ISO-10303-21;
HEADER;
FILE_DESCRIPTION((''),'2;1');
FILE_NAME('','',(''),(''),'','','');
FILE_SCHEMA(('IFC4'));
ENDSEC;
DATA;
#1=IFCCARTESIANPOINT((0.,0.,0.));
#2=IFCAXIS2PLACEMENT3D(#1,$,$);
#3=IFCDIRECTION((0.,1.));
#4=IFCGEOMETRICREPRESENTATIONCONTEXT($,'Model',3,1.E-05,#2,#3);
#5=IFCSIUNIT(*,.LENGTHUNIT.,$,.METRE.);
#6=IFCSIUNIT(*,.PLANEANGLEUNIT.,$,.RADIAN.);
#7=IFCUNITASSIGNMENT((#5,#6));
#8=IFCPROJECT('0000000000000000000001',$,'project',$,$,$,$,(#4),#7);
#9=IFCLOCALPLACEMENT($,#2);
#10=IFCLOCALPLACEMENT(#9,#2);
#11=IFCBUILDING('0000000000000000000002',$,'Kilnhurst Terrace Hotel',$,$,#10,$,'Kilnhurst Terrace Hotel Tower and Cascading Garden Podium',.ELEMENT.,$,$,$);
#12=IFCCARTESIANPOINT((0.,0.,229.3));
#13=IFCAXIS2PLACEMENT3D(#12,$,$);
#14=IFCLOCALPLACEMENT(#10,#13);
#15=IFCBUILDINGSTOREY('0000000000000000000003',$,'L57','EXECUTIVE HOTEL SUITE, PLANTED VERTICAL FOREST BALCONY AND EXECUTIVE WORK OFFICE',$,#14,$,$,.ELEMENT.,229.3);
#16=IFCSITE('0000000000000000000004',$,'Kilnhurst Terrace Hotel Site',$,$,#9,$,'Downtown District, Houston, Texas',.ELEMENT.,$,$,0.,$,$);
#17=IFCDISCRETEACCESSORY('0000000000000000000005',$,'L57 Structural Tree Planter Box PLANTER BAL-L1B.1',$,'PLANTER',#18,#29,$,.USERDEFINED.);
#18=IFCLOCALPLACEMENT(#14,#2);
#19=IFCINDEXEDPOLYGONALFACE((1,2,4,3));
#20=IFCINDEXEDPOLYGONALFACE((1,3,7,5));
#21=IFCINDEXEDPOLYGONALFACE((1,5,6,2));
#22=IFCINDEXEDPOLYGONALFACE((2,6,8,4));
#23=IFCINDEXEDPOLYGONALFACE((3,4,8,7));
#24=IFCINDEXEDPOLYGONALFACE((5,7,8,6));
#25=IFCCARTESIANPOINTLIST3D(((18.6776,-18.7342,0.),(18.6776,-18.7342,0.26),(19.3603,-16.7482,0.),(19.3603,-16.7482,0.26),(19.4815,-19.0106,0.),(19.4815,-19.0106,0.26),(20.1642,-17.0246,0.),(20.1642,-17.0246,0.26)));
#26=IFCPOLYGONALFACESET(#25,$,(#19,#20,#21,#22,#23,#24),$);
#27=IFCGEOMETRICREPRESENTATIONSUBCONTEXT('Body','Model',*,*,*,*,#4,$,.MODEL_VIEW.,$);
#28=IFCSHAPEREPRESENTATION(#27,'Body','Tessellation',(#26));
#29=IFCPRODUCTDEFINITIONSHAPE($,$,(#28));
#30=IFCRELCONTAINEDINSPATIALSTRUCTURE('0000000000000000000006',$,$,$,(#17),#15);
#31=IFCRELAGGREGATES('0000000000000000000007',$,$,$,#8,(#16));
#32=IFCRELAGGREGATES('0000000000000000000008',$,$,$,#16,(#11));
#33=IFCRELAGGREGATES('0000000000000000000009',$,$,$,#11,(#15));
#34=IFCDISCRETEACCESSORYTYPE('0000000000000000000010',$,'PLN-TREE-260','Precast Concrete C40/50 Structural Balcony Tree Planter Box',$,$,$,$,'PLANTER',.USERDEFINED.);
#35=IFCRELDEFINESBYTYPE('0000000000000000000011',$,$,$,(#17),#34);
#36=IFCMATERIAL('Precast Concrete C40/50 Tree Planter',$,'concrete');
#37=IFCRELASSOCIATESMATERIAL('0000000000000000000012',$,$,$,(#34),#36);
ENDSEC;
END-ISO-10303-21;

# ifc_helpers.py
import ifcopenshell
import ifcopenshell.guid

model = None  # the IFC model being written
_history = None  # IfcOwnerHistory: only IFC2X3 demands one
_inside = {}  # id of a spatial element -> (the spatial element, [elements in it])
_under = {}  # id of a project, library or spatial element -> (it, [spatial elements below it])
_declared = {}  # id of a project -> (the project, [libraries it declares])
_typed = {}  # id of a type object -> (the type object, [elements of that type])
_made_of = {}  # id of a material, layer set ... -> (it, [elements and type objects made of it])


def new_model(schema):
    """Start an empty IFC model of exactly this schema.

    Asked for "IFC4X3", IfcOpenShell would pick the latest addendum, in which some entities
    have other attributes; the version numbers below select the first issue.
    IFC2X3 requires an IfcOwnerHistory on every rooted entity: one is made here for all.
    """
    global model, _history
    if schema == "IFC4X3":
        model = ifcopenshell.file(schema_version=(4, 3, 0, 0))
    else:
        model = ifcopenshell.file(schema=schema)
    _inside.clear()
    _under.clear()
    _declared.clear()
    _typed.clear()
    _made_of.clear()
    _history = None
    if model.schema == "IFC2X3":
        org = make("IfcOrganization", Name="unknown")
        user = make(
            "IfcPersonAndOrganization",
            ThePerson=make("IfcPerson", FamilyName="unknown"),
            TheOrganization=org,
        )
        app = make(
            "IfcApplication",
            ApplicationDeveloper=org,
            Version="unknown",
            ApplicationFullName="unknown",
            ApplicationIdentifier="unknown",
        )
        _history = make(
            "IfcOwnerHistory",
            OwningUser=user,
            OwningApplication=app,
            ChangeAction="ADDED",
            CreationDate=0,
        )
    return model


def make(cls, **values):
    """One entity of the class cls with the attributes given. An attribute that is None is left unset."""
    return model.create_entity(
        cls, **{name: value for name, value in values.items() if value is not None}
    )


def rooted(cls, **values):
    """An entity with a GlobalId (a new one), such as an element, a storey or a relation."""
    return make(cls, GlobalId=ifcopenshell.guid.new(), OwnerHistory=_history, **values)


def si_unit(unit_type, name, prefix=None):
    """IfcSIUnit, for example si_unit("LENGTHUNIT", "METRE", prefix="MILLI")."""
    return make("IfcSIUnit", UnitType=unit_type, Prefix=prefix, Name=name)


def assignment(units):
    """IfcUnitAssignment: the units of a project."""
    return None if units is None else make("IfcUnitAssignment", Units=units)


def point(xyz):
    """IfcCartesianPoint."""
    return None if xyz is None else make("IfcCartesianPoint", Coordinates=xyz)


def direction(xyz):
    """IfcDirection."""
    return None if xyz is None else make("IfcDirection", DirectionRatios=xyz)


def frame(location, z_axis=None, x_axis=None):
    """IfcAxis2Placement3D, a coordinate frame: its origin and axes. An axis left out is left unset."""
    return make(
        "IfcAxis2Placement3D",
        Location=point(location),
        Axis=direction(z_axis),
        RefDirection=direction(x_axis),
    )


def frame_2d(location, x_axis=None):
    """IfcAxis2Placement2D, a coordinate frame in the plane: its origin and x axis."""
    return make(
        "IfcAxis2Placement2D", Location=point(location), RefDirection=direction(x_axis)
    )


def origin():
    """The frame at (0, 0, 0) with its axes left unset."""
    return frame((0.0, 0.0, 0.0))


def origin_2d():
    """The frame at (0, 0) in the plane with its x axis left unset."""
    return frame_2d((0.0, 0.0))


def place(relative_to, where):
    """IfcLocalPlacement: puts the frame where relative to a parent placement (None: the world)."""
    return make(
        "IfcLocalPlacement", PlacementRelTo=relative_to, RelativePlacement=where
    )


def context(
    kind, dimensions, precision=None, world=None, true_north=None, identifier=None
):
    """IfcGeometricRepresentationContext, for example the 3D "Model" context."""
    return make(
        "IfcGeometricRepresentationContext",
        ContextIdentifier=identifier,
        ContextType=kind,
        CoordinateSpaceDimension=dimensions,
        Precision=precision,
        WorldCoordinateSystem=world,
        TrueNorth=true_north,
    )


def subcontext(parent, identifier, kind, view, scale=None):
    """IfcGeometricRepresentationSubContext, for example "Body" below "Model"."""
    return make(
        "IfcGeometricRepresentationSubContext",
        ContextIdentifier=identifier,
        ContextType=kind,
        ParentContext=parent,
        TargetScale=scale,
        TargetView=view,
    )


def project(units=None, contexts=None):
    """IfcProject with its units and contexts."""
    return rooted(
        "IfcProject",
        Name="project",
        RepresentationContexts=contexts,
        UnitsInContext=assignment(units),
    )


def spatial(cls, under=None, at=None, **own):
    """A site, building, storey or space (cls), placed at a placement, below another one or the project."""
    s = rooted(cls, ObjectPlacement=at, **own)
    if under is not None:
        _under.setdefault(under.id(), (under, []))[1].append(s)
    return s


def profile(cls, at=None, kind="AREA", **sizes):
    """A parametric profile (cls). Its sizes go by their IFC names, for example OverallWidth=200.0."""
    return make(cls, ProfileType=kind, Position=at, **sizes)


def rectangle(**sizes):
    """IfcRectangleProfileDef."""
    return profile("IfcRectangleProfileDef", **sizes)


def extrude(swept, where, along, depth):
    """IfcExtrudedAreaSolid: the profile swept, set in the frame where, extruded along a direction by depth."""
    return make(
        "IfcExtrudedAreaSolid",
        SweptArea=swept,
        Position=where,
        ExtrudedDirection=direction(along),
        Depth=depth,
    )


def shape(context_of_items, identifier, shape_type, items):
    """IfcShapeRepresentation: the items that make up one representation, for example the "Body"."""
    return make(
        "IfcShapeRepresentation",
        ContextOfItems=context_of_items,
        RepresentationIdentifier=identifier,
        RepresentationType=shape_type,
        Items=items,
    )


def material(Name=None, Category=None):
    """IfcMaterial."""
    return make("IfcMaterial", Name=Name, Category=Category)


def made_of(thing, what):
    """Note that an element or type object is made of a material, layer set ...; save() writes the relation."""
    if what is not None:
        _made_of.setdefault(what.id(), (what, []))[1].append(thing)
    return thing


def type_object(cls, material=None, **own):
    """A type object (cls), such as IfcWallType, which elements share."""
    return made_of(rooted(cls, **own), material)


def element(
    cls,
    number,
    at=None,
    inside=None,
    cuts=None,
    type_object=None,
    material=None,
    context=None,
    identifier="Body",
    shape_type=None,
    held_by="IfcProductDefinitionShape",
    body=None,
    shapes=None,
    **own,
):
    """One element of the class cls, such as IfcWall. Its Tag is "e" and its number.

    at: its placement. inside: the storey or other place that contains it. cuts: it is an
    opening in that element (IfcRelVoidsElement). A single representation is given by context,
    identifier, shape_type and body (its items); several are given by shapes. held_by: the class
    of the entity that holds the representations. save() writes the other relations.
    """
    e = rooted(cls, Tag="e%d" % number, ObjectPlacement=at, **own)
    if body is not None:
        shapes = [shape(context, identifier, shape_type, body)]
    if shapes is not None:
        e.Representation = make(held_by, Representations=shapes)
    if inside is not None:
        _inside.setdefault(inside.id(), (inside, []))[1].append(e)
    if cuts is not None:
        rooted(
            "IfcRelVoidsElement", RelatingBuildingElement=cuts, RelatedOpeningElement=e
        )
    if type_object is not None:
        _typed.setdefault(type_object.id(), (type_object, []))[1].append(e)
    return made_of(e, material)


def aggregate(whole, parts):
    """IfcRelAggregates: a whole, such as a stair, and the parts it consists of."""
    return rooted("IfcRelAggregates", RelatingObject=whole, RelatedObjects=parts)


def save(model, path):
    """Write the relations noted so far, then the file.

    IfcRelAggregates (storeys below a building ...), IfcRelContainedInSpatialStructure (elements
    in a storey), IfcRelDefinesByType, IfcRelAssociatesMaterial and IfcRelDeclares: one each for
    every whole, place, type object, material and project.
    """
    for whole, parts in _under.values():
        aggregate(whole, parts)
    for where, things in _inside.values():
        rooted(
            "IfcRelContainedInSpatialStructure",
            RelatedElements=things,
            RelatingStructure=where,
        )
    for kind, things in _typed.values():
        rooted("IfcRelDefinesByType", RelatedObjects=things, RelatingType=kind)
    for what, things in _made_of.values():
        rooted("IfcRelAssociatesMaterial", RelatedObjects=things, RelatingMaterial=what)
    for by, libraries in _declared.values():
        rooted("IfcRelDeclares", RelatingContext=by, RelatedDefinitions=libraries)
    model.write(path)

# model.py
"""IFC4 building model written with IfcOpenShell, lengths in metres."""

from ifc_helpers import new_model, si_unit, direction, frame, origin, origin_2d, place, context, subcontext, project, spatial, rectangle, extrude, material, type_object, element, save


model = new_model("IFC4")

# Units and contexts
model_context = context("Model", 3, precision=1e-05, world=origin(), true_north=direction((0.0, 1.0)))
body_context = subcontext(model_context, "Body", "Model", "MODEL_VIEW")
ifc_project = project(units=[si_unit("LENGTHUNIT", "METRE"), si_unit("PLANEANGLEUNIT", "RADIAN")], contexts=[model_context])

# Site, building, storey
site_placement = place(None, origin())
site = spatial("IfcSite", under=ifc_project, at=site_placement, Name="Kilnhurst Terrace Hotel Site", LongName="Downtown District, Houston, Texas", CompositionType="ELEMENT", RefElevation=0.0)
building_placement = place(site_placement, origin())
building = spatial("IfcBuilding", under=site, at=building_placement, Name="Kilnhurst Terrace Hotel", LongName="Kilnhurst Terrace Hotel Tower and Cascading Garden Podium", CompositionType="ELEMENT")
storey_placement = place(building_placement, frame((0.0, 0.0, 229.3)))
storey = spatial("IfcBuildingStorey", under=building, at=storey_placement, Name="L57", Description="EXECUTIVE HOTEL SUITE, PLANTED VERTICAL FOREST BALCONY AND EXECUTIVE WORK OFFICE", CompositionType="ELEMENT", Elevation=229.3)

# Discrete accessory
ifc_material_1 = material(Name="Precast Concrete C40/50 Tree Planter", Category="concrete")
discrete_accessory_type_1 = type_object("IfcDiscreteAccessoryType", Name="PLN-TREE-260", Description="Precast Concrete C40/50 Structural Balcony Tree Planter Box", ElementType="PLANTER", PredefinedType="USERDEFINED", material=ifc_material_1)
discrete_accessory_1_placement = place(storey_placement, frame((19.4209, -17.8794, 0.0), z_axis=(0.0, 0.0, 1.0), x_axis=(0.32509, 0.945683, 0.0)))
element("IfcDiscreteAccessory", 1, at=discrete_accessory_1_placement, inside=storey, type_object=discrete_accessory_type_1, Name="L57 Structural Tree Planter Box PLANTER BAL-L1B.1", ObjectType="PLANTER", PredefinedType="USERDEFINED", context=body_context, shape_type="SweptSolid", body=[
    extrude(rectangle(XDim=2.1001, YDim=0.8501, at=origin_2d()), origin(), (0.0, 0.0, 1.0), 0.26),
])

save(model, "model.ifc")
